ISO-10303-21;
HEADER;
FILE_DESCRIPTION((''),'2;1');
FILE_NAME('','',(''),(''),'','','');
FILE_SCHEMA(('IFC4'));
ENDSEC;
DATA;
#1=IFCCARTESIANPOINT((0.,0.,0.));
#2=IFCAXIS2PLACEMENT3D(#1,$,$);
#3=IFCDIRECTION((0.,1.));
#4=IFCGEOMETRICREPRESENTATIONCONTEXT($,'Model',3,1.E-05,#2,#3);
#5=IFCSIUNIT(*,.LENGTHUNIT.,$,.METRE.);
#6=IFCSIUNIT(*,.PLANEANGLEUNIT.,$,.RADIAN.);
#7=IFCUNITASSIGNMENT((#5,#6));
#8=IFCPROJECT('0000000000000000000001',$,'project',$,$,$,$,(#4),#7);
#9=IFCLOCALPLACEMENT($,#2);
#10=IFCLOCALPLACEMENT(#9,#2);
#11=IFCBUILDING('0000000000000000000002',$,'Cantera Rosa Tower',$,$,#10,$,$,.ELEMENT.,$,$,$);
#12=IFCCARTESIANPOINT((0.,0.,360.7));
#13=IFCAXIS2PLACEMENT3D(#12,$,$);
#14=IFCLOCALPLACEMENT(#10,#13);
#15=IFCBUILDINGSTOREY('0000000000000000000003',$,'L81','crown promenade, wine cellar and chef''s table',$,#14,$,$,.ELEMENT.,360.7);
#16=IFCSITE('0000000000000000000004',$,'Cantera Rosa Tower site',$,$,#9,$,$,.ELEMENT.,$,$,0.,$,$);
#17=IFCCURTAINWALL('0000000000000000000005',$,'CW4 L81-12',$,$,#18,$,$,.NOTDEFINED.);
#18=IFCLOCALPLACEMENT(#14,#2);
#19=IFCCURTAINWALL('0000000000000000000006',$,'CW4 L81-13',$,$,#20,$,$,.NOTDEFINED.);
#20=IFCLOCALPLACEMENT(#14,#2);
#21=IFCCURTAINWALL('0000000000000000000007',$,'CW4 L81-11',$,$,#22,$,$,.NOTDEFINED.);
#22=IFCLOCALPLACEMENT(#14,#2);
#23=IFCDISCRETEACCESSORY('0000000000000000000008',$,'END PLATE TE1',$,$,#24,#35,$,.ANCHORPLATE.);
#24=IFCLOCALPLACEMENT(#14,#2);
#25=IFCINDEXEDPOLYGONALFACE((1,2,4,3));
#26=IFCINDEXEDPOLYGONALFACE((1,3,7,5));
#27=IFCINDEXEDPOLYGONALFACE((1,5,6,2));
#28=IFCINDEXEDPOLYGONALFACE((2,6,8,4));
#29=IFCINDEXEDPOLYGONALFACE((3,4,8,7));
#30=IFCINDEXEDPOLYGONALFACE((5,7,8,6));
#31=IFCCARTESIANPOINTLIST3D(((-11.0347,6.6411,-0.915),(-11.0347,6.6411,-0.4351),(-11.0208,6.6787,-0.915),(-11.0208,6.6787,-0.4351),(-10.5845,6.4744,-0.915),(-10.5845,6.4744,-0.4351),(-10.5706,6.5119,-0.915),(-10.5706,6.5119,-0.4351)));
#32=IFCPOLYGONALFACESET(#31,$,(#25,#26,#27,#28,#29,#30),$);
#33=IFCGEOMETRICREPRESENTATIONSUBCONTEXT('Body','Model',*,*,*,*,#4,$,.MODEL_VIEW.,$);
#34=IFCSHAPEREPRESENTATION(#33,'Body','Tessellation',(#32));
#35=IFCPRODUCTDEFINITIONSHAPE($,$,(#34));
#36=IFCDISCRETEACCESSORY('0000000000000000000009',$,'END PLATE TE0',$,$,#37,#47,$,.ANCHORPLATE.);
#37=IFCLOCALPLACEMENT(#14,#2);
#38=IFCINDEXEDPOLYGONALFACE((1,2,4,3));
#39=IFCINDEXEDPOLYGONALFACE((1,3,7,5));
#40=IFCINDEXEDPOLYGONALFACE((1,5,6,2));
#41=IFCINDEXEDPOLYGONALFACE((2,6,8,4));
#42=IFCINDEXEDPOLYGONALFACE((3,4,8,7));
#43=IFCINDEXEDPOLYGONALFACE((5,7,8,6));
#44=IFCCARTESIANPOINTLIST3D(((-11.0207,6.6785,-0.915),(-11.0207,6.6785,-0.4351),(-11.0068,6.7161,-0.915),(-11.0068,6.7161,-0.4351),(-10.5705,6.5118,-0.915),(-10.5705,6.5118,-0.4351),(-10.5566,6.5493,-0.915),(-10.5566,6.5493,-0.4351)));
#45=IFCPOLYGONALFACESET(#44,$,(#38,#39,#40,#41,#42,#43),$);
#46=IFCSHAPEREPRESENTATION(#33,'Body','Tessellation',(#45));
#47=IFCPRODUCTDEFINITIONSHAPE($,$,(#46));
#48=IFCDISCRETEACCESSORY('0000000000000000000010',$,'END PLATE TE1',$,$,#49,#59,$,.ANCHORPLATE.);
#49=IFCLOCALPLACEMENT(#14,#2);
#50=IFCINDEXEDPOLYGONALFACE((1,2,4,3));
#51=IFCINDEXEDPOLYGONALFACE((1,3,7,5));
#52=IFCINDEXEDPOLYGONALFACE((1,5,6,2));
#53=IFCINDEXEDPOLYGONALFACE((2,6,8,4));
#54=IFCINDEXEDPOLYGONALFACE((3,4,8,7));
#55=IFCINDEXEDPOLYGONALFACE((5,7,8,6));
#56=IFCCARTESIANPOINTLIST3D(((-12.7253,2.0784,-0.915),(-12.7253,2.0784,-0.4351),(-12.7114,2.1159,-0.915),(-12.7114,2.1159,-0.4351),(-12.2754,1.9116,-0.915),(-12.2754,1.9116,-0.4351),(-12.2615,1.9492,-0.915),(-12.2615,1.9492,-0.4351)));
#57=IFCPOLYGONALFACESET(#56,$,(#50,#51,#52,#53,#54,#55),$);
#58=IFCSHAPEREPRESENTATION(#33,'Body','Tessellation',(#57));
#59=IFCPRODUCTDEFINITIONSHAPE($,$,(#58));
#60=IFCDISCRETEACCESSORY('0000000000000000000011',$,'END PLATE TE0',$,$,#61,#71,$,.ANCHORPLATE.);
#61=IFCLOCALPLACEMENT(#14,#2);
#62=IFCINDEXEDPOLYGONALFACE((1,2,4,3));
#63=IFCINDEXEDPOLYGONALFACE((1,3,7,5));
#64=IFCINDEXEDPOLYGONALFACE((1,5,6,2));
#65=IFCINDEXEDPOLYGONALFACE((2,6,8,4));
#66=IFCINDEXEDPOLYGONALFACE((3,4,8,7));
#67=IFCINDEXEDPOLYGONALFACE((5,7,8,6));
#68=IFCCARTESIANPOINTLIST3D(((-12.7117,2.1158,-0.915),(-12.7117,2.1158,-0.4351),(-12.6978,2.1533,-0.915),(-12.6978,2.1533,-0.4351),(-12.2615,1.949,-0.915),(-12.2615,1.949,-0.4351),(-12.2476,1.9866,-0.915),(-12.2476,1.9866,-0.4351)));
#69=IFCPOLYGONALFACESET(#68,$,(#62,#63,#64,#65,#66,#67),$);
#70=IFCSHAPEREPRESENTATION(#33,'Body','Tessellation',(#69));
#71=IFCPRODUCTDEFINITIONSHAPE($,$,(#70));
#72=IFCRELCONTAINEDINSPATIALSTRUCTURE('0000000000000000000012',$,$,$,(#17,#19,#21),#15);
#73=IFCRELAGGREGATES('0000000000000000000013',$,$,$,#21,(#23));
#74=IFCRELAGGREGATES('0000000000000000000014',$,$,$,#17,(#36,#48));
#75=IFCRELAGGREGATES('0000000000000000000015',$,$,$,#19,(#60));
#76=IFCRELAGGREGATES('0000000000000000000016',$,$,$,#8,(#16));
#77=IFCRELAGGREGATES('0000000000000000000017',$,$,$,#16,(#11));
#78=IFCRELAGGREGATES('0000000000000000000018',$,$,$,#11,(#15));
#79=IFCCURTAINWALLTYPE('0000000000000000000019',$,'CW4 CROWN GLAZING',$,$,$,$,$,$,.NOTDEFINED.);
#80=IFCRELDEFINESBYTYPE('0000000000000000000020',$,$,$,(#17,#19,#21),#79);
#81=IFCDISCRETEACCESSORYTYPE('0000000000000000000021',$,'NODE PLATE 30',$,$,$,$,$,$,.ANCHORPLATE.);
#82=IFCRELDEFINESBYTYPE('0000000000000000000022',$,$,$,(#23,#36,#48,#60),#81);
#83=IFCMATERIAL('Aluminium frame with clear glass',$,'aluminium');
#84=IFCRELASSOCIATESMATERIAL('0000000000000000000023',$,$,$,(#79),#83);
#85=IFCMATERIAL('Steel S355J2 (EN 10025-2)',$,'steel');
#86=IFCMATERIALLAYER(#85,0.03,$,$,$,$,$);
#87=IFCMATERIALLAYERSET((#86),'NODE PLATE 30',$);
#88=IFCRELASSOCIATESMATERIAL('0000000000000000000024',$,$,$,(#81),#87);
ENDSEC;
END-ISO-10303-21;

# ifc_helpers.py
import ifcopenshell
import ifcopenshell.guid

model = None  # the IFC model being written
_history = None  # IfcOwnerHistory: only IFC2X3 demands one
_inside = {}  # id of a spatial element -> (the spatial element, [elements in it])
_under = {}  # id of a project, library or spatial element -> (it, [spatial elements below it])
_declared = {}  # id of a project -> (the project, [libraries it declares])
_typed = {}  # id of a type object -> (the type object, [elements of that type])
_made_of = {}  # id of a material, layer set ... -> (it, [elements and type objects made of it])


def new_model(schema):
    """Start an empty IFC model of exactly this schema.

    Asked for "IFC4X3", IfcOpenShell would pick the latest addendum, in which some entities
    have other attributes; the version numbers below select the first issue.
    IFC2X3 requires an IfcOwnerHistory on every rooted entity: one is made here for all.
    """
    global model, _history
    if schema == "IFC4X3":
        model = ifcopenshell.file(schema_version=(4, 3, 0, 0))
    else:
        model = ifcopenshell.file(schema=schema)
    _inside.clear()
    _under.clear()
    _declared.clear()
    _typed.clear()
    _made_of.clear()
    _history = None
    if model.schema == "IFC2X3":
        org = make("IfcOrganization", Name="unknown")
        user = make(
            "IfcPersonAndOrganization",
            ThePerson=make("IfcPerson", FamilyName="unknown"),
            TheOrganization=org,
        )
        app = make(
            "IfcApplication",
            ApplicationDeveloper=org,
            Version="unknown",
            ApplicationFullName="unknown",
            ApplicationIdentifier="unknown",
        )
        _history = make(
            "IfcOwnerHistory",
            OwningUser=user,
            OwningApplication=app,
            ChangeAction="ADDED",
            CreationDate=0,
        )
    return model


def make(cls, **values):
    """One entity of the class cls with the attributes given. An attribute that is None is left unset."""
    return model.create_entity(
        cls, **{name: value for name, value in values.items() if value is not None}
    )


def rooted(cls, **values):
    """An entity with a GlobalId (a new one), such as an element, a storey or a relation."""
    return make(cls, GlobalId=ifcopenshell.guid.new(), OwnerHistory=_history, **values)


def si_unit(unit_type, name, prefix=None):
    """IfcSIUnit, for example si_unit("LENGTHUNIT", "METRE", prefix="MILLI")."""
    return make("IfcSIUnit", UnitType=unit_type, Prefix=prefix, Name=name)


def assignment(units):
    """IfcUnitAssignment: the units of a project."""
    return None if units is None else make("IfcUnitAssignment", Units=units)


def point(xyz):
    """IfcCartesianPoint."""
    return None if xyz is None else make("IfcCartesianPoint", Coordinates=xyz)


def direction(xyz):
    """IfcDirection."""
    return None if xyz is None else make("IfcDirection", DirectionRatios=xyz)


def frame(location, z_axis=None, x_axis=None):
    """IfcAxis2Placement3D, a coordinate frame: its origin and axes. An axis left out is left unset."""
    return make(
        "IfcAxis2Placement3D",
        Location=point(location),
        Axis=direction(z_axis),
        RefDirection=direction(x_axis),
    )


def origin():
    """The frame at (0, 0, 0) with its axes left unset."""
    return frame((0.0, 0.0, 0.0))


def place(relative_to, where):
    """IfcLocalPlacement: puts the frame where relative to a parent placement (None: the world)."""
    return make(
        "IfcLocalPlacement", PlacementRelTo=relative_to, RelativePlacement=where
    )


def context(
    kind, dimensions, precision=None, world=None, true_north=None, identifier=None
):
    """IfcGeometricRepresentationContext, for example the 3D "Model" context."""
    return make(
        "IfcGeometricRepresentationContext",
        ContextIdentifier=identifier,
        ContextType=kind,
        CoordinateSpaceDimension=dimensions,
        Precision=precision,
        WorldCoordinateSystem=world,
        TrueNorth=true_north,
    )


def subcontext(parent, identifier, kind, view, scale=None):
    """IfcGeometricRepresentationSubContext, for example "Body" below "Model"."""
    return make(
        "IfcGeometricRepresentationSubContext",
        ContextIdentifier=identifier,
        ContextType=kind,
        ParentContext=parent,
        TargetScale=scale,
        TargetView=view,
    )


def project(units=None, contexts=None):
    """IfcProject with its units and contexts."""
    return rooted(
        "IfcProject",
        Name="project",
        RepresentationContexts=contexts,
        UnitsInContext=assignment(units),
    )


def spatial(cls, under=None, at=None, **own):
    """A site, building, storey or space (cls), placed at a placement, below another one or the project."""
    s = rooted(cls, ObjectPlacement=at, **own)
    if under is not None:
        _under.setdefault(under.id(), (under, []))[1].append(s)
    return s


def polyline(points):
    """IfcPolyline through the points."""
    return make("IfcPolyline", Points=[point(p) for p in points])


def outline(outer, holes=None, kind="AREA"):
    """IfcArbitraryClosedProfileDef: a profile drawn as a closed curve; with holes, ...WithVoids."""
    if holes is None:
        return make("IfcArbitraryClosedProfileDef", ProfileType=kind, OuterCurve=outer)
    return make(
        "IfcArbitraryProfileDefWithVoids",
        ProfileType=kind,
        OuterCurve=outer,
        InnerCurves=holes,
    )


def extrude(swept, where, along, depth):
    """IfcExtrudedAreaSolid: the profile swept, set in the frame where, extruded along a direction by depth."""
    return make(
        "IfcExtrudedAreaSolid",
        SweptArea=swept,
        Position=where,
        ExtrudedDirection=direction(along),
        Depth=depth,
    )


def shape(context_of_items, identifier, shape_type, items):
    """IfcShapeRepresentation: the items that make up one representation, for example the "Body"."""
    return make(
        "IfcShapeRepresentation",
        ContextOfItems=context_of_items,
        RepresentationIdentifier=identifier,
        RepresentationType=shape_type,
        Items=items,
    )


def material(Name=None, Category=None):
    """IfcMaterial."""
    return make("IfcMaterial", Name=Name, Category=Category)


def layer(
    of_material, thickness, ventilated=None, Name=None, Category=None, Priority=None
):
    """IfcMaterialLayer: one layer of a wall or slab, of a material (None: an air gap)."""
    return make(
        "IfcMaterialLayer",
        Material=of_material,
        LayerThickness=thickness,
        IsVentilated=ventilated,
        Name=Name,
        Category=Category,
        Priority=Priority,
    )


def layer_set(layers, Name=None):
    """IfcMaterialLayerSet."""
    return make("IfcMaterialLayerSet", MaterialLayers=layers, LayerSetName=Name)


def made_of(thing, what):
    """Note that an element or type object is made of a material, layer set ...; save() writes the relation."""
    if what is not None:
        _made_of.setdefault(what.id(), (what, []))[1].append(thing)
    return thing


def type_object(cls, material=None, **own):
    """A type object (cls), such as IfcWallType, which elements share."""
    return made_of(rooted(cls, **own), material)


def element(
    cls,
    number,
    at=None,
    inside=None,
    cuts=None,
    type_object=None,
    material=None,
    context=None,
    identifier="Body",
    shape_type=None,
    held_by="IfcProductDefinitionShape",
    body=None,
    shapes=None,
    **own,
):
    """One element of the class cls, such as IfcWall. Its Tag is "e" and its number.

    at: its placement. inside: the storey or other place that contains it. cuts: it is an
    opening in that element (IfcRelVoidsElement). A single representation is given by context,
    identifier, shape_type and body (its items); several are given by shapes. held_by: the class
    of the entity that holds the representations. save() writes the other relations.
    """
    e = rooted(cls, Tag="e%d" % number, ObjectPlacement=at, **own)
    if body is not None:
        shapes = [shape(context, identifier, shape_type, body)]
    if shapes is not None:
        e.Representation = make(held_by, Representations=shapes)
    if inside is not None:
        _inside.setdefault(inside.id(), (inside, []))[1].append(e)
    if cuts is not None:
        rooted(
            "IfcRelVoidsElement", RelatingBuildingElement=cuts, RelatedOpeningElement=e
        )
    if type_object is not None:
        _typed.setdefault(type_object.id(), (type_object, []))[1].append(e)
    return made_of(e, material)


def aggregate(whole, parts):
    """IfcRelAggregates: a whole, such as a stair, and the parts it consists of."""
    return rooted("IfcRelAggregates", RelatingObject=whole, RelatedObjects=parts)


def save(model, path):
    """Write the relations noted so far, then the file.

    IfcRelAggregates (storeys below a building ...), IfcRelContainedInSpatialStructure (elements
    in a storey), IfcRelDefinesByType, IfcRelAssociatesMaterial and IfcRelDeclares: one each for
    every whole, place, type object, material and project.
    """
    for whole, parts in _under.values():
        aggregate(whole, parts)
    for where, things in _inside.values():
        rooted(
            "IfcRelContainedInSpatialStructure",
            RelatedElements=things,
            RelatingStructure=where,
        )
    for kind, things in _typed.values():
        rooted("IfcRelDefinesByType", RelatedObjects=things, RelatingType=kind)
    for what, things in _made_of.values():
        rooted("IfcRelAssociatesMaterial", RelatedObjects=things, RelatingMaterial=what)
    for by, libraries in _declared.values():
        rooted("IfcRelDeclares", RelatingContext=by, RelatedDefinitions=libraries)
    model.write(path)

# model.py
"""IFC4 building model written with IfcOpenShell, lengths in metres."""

from ifc_helpers import new_model, si_unit, direction, frame, origin, place, context, subcontext, project, spatial, polyline, outline, extrude, material, layer, layer_set, type_object, element, aggregate, save


model = new_model("IFC4")

# Units and contexts
model_context = context("Model", 3, precision=1e-05, world=origin(), true_north=direction((0.0, 1.0)))
body_context = subcontext(model_context, "Body", "Model", "MODEL_VIEW")
ifc_project = project(units=[si_unit("LENGTHUNIT", "METRE"), si_unit("PLANEANGLEUNIT", "RADIAN")], contexts=[model_context])

# Site, building, storey
site_placement = place(None, origin())
site = spatial("IfcSite", under=ifc_project, at=site_placement, Name="Cantera Rosa Tower site", CompositionType="ELEMENT", RefElevation=0.0)
building_placement = place(site_placement, origin())
building = spatial("IfcBuilding", under=site, at=building_placement, Name="Cantera Rosa Tower", CompositionType="ELEMENT")
storey_placement = place(building_placement, frame((0.0, 0.0, 360.7)))
storey = spatial("IfcBuildingStorey", under=building, at=storey_placement, Name="L81", Description="crown promenade, wine cellar and chef's table", CompositionType="ELEMENT", Elevation=360.7)

# Curtain walls
ifc_material_1 = material(Name="Aluminium frame with clear glass", Category="aluminium")
curtain_wall_type = type_object("IfcCurtainWallType", Name="CW4 CROWN GLAZING", PredefinedType="NOTDEFINED", material=ifc_material_1)
curtain_wall_1_placement = place(storey_placement, origin())
curtain_wall_1 = element("IfcCurtainWall", 1, at=curtain_wall_1_placement, inside=storey, type_object=curtain_wall_type, Name="CW4 L81-12", PredefinedType="NOTDEFINED")
curtain_wall_2_placement = place(storey_placement, origin())
curtain_wall_2 = element("IfcCurtainWall", 2, at=curtain_wall_2_placement, inside=storey, type_object=curtain_wall_type, Name="CW4 L81-13", PredefinedType="NOTDEFINED")

# Curtain wall, discrete accessory
curtain_wall_3_placement = place(storey_placement, origin())
curtain_wall_3 = element("IfcCurtainWall", 3, at=curtain_wall_3_placement, inside=storey, type_object=curtain_wall_type, Name="CW4 L81-11", PredefinedType="NOTDEFINED")
ifc_material_2 = material(Name="Steel S355J2 (EN 10025-2)", Category="steel")
ifc_layer_1 = layer(ifc_material_2, 0.03)
ifc_layer_set_1 = layer_set([ifc_layer_1], Name="NODE PLATE 30")
discrete_accessory_type = type_object("IfcDiscreteAccessoryType", Name="NODE PLATE 30", PredefinedType="ANCHORPLATE", material=ifc_layer_set_1)
discrete_accessory_1_placement = place(storey_placement, frame((-10.5845, 6.4744, -0.4351), z_axis=(-0.347331, -0.937743, 0.0), x_axis=(-0.937743, 0.347331, 0.0)))
discrete_accessory_1 = element("IfcDiscreteAccessory", 4, at=discrete_accessory_1_placement, type_object=discrete_accessory_type, Name="END PLATE TE1", PredefinedType="ANCHORPLATE", context=body_context, shape_type="SweptSolid", body=[
    extrude(outline(polyline([(0.0, 0.0), (0.4801, 0.0), (0.4801, 0.48), (0.0, 0.48), (0.0, 0.0)])), origin(), (0.0, 0.0, -1.0), 0.04),
])
aggregate(curtain_wall_3, [discrete_accessory_1])

# Discrete accessories
discrete_accessory_2_placement = place(storey_placement, frame((-11.0068, 6.7161, -0.4351), z_axis=(0.347331, 0.937743, 0.0), x_axis=(0.937743, -0.347331, 0.0)))
discrete_accessory_2 = element("IfcDiscreteAccessory", 5, at=discrete_accessory_2_placement, type_object=discrete_accessory_type, Name="END PLATE TE0", PredefinedType="ANCHORPLATE", context=body_context, shape_type="SweptSolid", body=[
    extrude(outline(polyline([(0.0, 0.0), (0.4801, 0.0), (0.4801, 0.48), (0.0, 0.48), (0.0, 0.0)])), origin(), (0.0, 0.0, -1.0), 0.04),
])
discrete_accessory_3_placement = place(storey_placement, frame((-12.2754, 1.9116, -0.4351), z_axis=(-0.347497, -0.937681, 0.0), x_axis=(-0.937681, 0.347497, 0.0)))
discrete_accessory_3 = element("IfcDiscreteAccessory", 6, at=discrete_accessory_3_placement, type_object=discrete_accessory_type, Name="END PLATE TE1", PredefinedType="ANCHORPLATE", context=body_context, shape_type="SweptSolid", body=[
    extrude(outline(polyline([(0.0, 0.0), (0.4799, 0.0), (0.4799, 0.48), (0.0, 0.48), (0.0, 0.0)])), origin(), (0.0, 0.0, -1.0), 0.04),
])
aggregate(curtain_wall_1, [discrete_accessory_2, discrete_accessory_3])
discrete_accessory_4_placement = place(storey_placement, frame((-12.6978, 2.1533, -0.4351), z_axis=(0.347331, 0.937743, 0.0), x_axis=(0.937743, -0.347331, 0.0)))
discrete_accessory_4 = element("IfcDiscreteAccessory", 7, at=discrete_accessory_4_placement, type_object=discrete_accessory_type, Name="END PLATE TE0", PredefinedType="ANCHORPLATE", context=body_context, shape_type="SweptSolid", body=[
    extrude(outline(polyline([(0.0, 0.0), (0.4801, 0.0), (0.4801, 0.48), (0.0, 0.48), (0.0, 0.0)])), origin(), (0.0, 0.0, -1.0), 0.04),
])
aggregate(curtain_wall_2, [discrete_accessory_4])

save(model, "model.ifc")
